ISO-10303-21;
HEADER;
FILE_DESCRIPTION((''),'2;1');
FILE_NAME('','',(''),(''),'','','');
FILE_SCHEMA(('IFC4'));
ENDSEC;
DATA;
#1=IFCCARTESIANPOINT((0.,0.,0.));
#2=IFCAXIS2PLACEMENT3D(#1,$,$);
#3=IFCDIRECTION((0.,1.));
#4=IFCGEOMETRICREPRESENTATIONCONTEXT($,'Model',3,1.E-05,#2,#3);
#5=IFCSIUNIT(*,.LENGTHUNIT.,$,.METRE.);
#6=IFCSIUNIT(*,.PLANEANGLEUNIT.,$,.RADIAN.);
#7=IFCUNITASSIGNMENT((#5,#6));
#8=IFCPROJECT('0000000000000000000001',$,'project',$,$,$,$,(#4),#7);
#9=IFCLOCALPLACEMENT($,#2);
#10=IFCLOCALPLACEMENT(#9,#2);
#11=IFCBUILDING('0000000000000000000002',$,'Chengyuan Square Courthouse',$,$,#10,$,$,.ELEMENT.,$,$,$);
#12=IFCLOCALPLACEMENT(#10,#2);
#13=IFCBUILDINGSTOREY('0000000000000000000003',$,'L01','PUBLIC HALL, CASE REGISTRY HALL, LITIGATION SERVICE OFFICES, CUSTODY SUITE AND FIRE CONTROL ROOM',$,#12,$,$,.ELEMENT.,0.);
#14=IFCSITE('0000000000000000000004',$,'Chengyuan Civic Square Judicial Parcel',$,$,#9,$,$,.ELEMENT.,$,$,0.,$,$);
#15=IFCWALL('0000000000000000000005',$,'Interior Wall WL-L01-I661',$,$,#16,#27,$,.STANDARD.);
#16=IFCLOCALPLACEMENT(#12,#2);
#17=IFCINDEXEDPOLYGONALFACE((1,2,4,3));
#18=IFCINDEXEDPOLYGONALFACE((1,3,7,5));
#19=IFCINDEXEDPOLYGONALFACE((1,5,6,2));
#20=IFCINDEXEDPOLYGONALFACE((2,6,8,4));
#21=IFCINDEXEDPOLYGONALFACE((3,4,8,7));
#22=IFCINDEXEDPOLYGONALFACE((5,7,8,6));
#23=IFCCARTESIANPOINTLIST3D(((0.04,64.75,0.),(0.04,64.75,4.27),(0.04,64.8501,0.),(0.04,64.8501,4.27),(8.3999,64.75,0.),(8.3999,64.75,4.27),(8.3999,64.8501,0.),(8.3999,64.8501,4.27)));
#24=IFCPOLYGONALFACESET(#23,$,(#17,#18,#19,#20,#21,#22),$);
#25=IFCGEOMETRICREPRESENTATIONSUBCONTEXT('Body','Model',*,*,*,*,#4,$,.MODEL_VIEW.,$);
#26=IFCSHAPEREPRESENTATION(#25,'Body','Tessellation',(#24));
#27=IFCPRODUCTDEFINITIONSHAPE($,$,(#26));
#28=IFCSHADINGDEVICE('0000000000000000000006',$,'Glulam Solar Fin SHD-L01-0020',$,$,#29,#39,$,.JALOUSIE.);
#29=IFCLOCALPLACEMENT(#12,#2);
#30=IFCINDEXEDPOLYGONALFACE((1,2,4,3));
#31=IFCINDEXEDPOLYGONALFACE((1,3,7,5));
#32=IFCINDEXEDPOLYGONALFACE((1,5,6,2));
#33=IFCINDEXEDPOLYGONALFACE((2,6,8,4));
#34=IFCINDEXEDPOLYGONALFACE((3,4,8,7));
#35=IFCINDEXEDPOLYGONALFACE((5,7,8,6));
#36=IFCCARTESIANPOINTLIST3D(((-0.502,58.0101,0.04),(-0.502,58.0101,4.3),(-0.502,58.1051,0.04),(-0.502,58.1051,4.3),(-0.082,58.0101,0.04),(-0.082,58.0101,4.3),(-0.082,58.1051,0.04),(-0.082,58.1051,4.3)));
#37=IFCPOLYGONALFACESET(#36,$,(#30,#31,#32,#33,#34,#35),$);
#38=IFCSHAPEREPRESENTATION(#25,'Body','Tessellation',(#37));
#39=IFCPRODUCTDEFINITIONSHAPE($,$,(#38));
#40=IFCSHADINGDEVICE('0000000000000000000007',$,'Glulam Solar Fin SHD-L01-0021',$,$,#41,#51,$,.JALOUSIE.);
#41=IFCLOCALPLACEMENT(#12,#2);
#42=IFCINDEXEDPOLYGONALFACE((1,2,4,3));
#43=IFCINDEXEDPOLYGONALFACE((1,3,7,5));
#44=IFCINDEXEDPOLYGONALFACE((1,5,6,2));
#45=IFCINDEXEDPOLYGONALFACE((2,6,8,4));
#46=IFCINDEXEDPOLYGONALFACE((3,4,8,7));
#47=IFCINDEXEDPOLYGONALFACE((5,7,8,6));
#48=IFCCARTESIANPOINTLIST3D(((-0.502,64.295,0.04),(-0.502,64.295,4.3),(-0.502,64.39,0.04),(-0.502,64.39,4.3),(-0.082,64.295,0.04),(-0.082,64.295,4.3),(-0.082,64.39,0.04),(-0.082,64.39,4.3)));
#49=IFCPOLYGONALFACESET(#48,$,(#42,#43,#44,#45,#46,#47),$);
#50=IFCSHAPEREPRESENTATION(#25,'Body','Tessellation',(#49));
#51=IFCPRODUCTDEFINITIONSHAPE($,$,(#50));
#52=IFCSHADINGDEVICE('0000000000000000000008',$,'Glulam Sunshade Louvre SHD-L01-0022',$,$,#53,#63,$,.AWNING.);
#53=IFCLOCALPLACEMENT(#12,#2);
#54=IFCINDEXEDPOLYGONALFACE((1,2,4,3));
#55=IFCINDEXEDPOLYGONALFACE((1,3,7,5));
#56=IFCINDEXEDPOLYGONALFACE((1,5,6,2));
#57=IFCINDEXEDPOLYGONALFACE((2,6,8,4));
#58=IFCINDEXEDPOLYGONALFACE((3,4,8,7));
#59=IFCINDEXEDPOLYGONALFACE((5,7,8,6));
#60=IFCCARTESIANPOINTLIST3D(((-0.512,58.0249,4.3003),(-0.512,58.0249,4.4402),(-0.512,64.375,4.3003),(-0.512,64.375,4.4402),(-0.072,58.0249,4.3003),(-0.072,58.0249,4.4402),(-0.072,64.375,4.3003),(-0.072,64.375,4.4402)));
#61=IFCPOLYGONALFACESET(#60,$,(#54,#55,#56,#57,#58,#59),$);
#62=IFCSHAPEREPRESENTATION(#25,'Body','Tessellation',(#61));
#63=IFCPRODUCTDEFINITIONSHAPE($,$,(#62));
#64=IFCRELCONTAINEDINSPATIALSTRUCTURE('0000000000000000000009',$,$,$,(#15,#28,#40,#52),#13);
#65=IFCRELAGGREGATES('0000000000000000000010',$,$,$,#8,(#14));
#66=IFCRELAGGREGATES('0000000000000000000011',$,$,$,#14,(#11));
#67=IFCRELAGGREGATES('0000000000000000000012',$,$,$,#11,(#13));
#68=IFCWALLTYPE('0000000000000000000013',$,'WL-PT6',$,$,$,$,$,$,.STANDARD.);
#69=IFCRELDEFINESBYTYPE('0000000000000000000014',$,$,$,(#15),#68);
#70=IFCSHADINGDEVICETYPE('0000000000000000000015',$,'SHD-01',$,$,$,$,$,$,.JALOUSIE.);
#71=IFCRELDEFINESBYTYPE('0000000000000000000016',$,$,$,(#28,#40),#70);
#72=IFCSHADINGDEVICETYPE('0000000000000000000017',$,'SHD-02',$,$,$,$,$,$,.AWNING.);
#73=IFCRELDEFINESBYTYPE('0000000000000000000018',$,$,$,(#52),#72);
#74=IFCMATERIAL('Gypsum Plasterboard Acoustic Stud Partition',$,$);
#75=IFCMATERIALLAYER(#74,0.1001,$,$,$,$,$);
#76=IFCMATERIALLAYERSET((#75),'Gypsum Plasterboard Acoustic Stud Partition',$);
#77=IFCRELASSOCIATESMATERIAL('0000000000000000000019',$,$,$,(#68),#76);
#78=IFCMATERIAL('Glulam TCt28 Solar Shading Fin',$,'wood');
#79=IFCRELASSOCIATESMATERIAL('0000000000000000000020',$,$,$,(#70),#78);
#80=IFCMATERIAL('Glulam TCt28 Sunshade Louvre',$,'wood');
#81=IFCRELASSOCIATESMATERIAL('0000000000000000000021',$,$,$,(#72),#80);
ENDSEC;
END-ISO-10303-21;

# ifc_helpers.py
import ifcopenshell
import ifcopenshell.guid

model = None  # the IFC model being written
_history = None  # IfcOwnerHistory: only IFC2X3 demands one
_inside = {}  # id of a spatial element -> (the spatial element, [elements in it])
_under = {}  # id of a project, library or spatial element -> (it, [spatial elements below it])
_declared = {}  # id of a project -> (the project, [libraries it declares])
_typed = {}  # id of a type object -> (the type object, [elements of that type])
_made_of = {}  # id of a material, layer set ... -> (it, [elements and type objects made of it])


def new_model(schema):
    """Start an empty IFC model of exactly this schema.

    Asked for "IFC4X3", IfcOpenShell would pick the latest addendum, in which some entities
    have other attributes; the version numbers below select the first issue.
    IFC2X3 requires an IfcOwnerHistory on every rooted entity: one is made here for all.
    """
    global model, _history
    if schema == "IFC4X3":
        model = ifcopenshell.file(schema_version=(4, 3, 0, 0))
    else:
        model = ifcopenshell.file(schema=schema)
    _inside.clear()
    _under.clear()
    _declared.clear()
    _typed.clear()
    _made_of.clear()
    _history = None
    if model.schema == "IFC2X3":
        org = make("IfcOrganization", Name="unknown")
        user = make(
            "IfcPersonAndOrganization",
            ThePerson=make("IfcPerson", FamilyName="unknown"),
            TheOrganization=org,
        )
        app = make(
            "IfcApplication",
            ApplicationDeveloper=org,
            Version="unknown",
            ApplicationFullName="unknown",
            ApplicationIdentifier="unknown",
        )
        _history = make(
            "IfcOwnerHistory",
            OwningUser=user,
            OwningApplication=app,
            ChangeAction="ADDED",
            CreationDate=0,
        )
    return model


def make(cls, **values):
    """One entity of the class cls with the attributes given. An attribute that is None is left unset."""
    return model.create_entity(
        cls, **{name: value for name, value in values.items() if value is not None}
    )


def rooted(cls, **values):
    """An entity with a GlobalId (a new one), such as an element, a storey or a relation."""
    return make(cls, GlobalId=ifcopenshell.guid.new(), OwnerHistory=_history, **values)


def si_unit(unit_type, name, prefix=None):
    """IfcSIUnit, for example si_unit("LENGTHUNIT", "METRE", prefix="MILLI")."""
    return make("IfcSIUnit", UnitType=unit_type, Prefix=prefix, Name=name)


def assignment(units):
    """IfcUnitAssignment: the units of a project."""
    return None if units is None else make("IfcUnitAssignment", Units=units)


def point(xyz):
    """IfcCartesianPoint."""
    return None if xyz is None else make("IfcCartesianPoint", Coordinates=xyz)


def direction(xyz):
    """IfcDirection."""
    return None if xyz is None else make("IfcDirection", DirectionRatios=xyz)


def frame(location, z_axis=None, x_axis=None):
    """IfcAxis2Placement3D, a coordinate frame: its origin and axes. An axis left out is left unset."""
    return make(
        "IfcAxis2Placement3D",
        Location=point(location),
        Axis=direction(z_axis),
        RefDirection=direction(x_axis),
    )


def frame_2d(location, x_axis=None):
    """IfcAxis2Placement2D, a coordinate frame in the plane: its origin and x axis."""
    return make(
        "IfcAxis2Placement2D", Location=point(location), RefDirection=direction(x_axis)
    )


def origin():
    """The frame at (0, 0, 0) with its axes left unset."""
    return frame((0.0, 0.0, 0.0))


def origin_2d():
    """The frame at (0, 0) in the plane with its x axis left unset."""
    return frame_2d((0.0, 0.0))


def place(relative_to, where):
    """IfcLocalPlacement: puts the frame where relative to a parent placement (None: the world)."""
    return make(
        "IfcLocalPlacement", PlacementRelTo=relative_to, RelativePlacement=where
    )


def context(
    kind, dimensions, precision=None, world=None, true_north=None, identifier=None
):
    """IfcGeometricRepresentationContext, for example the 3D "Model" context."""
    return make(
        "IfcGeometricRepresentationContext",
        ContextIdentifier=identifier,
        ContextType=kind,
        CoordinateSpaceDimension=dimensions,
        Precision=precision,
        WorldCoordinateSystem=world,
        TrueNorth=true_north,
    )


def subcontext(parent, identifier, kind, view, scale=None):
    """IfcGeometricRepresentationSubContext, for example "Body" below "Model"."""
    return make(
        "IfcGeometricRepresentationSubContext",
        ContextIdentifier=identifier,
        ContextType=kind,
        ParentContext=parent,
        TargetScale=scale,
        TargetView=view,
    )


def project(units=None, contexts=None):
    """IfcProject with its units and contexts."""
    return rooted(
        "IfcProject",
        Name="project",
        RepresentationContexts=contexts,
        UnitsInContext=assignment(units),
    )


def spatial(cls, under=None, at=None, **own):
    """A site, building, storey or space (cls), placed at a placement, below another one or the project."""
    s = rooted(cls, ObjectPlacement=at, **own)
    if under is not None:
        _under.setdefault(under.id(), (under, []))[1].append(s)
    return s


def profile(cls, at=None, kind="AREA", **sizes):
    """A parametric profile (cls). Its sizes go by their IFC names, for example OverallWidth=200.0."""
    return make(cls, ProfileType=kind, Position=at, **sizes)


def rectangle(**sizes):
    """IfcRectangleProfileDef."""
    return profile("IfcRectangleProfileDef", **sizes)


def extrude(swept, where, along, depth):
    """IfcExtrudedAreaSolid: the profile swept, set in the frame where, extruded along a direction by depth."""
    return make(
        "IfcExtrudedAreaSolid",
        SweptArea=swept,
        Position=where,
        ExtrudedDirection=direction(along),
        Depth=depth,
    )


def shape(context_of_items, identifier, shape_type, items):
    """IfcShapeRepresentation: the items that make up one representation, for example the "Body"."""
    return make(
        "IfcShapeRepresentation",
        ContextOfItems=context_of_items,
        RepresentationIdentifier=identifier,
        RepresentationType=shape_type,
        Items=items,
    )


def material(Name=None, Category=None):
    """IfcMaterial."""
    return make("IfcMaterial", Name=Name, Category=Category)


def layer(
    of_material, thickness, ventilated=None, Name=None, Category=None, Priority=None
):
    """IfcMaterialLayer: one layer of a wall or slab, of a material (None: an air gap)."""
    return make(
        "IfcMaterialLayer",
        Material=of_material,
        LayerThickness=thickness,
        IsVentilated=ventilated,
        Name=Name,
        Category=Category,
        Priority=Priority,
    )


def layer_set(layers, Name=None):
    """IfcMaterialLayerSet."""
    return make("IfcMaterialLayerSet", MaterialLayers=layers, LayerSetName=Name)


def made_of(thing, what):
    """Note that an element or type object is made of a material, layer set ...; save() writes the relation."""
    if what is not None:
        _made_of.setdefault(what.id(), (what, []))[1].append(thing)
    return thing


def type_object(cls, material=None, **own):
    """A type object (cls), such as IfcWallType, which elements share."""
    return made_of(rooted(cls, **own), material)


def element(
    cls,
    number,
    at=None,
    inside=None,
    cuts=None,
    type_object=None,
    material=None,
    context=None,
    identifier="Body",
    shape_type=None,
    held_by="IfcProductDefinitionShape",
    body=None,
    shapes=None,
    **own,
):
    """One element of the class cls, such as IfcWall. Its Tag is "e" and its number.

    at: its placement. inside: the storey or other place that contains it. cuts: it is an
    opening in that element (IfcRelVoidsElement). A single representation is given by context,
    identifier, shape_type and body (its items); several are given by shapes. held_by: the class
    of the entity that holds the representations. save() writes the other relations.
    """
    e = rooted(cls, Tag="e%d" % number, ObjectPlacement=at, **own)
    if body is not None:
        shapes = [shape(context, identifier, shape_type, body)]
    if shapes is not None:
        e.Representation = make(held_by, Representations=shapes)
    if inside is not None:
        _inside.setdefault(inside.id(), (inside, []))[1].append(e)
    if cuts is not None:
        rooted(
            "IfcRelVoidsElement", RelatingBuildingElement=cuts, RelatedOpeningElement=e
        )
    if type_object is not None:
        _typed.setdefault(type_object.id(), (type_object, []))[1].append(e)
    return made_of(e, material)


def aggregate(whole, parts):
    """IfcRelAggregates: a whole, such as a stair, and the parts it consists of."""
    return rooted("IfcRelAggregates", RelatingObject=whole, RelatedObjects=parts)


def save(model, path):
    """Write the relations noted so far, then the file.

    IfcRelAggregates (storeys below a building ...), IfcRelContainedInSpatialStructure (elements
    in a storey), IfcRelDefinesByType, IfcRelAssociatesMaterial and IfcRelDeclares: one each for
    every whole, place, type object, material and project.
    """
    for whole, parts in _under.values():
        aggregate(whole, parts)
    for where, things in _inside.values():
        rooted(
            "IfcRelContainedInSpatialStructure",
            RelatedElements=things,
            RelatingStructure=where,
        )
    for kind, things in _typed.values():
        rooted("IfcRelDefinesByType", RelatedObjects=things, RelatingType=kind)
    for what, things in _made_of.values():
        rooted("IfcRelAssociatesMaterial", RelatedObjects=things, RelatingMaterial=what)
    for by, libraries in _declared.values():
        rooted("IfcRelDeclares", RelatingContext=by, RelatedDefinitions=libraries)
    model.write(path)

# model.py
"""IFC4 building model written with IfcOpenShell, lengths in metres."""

from ifc_helpers import new_model, si_unit, direction, frame, frame_2d, origin, origin_2d, place, context, subcontext, project, spatial, rectangle, extrude, material, layer, layer_set, type_object, element, save


model = new_model("IFC4")

# Units and contexts
model_context = context("Model", 3, precision=1e-05, world=origin(), true_north=direction((0.0, 1.0)))
body_context = subcontext(model_context, "Body", "Model", "MODEL_VIEW")
ifc_project = project(units=[si_unit("LENGTHUNIT", "METRE"), si_unit("PLANEANGLEUNIT", "RADIAN")], contexts=[model_context])

# Site, building, storey
site_placement = place(None, origin())
site = spatial("IfcSite", under=ifc_project, at=site_placement, Name="Chengyuan Civic Square Judicial Parcel", CompositionType="ELEMENT", RefElevation=0.0)
building_placement = place(site_placement, origin())
building = spatial("IfcBuilding", under=site, at=building_placement, Name="Chengyuan Square Courthouse", CompositionType="ELEMENT")
storey_placement = place(building_placement, origin())
storey = spatial("IfcBuildingStorey", under=building, at=storey_placement, Name="L01", Description="PUBLIC HALL, CASE REGISTRY HALL, LITIGATION SERVICE OFFICES, CUSTODY SUITE AND FIRE CONTROL ROOM", CompositionType="ELEMENT", Elevation=0.0)

# Shared definitions
ifc_material_1 = material(Name="Gypsum Plasterboard Acoustic Stud Partition")
ifc_layer_1 = layer(ifc_material_1, 0.1001)
ifc_layer_set_1 = layer_set([ifc_layer_1], Name="Gypsum Plasterboard Acoustic Stud Partition")
wall_type = type_object("IfcWallType", Name="WL-PT6", PredefinedType="STANDARD", material=ifc_layer_set_1)

# Wall
wall_1_placement = place(storey_placement, frame((0.04, 64.8, 0.0), z_axis=(0.0, 0.0, 1.0), x_axis=(1.0, 0.0, 0.0)))
element("IfcWall", 1, at=wall_1_placement, inside=storey, type_object=wall_type, Name="Interior Wall WL-L01-I661", PredefinedType="STANDARD", context=body_context, shape_type="SweptSolid", body=[
    extrude(rectangle(XDim=8.3599, YDim=0.1001, at=frame_2d((4.1799, 0.0))), origin(), (0.0, 0.0, 1.0), 4.27),
])

# Shading devices
ifc_material_2 = material(Name="Glulam TCt28 Solar Shading Fin", Category="wood")
shading_device_type_1 = type_object("IfcShadingDeviceType", Name="SHD-01", PredefinedType="JALOUSIE", material=ifc_material_2)
for number, where, z_axis, x_axis, name in (
    (2, (-0.292, 58.0576, 0.04), (0.0, 0.0, 1.0), (1.0, 0.0, 0.0), "Glulam Solar Fin SHD-L01-0020"),
    (3, (-0.292, 64.3425, 0.04), (0.0, 0.0, 1.0), (1.0, 0.0, 0.0), "Glulam Solar Fin SHD-L01-0021"),
):
    element("IfcShadingDevice", number, at=place(storey_placement, frame(where, z_axis=z_axis, x_axis=x_axis)), inside=storey, type_object=shading_device_type_1, Name=name, PredefinedType="JALOUSIE", context=body_context, shape_type="SweptSolid", body=[
        extrude(rectangle(XDim=0.4199, YDim=0.095, at=origin_2d()), origin(), (0.0, 0.0, 1.0), 4.26),
    ])
ifc_material_3 = material(Name="Glulam TCt28 Sunshade Louvre", Category="wood")
shading_device_type_2 = type_object("IfcShadingDeviceType", Name="SHD-02", PredefinedType="AWNING", material=ifc_material_3)
shading_device_placement = place(storey_placement, frame((-0.292, 61.2, 4.3003), z_axis=(0.0, 0.0, 1.0), x_axis=(0.0, 1.0, 0.0)))
element("IfcShadingDevice", 4, at=shading_device_placement, inside=storey, type_object=shading_device_type_2, Name="Glulam Sunshade Louvre SHD-L01-0022", PredefinedType="AWNING", context=body_context, shape_type="SweptSolid", body=[
    extrude(rectangle(XDim=6.3501, YDim=0.4399, at=origin_2d()), origin(), (0.0, 0.0, 1.0), 0.1399),
])

save(model, "model.ifc")
